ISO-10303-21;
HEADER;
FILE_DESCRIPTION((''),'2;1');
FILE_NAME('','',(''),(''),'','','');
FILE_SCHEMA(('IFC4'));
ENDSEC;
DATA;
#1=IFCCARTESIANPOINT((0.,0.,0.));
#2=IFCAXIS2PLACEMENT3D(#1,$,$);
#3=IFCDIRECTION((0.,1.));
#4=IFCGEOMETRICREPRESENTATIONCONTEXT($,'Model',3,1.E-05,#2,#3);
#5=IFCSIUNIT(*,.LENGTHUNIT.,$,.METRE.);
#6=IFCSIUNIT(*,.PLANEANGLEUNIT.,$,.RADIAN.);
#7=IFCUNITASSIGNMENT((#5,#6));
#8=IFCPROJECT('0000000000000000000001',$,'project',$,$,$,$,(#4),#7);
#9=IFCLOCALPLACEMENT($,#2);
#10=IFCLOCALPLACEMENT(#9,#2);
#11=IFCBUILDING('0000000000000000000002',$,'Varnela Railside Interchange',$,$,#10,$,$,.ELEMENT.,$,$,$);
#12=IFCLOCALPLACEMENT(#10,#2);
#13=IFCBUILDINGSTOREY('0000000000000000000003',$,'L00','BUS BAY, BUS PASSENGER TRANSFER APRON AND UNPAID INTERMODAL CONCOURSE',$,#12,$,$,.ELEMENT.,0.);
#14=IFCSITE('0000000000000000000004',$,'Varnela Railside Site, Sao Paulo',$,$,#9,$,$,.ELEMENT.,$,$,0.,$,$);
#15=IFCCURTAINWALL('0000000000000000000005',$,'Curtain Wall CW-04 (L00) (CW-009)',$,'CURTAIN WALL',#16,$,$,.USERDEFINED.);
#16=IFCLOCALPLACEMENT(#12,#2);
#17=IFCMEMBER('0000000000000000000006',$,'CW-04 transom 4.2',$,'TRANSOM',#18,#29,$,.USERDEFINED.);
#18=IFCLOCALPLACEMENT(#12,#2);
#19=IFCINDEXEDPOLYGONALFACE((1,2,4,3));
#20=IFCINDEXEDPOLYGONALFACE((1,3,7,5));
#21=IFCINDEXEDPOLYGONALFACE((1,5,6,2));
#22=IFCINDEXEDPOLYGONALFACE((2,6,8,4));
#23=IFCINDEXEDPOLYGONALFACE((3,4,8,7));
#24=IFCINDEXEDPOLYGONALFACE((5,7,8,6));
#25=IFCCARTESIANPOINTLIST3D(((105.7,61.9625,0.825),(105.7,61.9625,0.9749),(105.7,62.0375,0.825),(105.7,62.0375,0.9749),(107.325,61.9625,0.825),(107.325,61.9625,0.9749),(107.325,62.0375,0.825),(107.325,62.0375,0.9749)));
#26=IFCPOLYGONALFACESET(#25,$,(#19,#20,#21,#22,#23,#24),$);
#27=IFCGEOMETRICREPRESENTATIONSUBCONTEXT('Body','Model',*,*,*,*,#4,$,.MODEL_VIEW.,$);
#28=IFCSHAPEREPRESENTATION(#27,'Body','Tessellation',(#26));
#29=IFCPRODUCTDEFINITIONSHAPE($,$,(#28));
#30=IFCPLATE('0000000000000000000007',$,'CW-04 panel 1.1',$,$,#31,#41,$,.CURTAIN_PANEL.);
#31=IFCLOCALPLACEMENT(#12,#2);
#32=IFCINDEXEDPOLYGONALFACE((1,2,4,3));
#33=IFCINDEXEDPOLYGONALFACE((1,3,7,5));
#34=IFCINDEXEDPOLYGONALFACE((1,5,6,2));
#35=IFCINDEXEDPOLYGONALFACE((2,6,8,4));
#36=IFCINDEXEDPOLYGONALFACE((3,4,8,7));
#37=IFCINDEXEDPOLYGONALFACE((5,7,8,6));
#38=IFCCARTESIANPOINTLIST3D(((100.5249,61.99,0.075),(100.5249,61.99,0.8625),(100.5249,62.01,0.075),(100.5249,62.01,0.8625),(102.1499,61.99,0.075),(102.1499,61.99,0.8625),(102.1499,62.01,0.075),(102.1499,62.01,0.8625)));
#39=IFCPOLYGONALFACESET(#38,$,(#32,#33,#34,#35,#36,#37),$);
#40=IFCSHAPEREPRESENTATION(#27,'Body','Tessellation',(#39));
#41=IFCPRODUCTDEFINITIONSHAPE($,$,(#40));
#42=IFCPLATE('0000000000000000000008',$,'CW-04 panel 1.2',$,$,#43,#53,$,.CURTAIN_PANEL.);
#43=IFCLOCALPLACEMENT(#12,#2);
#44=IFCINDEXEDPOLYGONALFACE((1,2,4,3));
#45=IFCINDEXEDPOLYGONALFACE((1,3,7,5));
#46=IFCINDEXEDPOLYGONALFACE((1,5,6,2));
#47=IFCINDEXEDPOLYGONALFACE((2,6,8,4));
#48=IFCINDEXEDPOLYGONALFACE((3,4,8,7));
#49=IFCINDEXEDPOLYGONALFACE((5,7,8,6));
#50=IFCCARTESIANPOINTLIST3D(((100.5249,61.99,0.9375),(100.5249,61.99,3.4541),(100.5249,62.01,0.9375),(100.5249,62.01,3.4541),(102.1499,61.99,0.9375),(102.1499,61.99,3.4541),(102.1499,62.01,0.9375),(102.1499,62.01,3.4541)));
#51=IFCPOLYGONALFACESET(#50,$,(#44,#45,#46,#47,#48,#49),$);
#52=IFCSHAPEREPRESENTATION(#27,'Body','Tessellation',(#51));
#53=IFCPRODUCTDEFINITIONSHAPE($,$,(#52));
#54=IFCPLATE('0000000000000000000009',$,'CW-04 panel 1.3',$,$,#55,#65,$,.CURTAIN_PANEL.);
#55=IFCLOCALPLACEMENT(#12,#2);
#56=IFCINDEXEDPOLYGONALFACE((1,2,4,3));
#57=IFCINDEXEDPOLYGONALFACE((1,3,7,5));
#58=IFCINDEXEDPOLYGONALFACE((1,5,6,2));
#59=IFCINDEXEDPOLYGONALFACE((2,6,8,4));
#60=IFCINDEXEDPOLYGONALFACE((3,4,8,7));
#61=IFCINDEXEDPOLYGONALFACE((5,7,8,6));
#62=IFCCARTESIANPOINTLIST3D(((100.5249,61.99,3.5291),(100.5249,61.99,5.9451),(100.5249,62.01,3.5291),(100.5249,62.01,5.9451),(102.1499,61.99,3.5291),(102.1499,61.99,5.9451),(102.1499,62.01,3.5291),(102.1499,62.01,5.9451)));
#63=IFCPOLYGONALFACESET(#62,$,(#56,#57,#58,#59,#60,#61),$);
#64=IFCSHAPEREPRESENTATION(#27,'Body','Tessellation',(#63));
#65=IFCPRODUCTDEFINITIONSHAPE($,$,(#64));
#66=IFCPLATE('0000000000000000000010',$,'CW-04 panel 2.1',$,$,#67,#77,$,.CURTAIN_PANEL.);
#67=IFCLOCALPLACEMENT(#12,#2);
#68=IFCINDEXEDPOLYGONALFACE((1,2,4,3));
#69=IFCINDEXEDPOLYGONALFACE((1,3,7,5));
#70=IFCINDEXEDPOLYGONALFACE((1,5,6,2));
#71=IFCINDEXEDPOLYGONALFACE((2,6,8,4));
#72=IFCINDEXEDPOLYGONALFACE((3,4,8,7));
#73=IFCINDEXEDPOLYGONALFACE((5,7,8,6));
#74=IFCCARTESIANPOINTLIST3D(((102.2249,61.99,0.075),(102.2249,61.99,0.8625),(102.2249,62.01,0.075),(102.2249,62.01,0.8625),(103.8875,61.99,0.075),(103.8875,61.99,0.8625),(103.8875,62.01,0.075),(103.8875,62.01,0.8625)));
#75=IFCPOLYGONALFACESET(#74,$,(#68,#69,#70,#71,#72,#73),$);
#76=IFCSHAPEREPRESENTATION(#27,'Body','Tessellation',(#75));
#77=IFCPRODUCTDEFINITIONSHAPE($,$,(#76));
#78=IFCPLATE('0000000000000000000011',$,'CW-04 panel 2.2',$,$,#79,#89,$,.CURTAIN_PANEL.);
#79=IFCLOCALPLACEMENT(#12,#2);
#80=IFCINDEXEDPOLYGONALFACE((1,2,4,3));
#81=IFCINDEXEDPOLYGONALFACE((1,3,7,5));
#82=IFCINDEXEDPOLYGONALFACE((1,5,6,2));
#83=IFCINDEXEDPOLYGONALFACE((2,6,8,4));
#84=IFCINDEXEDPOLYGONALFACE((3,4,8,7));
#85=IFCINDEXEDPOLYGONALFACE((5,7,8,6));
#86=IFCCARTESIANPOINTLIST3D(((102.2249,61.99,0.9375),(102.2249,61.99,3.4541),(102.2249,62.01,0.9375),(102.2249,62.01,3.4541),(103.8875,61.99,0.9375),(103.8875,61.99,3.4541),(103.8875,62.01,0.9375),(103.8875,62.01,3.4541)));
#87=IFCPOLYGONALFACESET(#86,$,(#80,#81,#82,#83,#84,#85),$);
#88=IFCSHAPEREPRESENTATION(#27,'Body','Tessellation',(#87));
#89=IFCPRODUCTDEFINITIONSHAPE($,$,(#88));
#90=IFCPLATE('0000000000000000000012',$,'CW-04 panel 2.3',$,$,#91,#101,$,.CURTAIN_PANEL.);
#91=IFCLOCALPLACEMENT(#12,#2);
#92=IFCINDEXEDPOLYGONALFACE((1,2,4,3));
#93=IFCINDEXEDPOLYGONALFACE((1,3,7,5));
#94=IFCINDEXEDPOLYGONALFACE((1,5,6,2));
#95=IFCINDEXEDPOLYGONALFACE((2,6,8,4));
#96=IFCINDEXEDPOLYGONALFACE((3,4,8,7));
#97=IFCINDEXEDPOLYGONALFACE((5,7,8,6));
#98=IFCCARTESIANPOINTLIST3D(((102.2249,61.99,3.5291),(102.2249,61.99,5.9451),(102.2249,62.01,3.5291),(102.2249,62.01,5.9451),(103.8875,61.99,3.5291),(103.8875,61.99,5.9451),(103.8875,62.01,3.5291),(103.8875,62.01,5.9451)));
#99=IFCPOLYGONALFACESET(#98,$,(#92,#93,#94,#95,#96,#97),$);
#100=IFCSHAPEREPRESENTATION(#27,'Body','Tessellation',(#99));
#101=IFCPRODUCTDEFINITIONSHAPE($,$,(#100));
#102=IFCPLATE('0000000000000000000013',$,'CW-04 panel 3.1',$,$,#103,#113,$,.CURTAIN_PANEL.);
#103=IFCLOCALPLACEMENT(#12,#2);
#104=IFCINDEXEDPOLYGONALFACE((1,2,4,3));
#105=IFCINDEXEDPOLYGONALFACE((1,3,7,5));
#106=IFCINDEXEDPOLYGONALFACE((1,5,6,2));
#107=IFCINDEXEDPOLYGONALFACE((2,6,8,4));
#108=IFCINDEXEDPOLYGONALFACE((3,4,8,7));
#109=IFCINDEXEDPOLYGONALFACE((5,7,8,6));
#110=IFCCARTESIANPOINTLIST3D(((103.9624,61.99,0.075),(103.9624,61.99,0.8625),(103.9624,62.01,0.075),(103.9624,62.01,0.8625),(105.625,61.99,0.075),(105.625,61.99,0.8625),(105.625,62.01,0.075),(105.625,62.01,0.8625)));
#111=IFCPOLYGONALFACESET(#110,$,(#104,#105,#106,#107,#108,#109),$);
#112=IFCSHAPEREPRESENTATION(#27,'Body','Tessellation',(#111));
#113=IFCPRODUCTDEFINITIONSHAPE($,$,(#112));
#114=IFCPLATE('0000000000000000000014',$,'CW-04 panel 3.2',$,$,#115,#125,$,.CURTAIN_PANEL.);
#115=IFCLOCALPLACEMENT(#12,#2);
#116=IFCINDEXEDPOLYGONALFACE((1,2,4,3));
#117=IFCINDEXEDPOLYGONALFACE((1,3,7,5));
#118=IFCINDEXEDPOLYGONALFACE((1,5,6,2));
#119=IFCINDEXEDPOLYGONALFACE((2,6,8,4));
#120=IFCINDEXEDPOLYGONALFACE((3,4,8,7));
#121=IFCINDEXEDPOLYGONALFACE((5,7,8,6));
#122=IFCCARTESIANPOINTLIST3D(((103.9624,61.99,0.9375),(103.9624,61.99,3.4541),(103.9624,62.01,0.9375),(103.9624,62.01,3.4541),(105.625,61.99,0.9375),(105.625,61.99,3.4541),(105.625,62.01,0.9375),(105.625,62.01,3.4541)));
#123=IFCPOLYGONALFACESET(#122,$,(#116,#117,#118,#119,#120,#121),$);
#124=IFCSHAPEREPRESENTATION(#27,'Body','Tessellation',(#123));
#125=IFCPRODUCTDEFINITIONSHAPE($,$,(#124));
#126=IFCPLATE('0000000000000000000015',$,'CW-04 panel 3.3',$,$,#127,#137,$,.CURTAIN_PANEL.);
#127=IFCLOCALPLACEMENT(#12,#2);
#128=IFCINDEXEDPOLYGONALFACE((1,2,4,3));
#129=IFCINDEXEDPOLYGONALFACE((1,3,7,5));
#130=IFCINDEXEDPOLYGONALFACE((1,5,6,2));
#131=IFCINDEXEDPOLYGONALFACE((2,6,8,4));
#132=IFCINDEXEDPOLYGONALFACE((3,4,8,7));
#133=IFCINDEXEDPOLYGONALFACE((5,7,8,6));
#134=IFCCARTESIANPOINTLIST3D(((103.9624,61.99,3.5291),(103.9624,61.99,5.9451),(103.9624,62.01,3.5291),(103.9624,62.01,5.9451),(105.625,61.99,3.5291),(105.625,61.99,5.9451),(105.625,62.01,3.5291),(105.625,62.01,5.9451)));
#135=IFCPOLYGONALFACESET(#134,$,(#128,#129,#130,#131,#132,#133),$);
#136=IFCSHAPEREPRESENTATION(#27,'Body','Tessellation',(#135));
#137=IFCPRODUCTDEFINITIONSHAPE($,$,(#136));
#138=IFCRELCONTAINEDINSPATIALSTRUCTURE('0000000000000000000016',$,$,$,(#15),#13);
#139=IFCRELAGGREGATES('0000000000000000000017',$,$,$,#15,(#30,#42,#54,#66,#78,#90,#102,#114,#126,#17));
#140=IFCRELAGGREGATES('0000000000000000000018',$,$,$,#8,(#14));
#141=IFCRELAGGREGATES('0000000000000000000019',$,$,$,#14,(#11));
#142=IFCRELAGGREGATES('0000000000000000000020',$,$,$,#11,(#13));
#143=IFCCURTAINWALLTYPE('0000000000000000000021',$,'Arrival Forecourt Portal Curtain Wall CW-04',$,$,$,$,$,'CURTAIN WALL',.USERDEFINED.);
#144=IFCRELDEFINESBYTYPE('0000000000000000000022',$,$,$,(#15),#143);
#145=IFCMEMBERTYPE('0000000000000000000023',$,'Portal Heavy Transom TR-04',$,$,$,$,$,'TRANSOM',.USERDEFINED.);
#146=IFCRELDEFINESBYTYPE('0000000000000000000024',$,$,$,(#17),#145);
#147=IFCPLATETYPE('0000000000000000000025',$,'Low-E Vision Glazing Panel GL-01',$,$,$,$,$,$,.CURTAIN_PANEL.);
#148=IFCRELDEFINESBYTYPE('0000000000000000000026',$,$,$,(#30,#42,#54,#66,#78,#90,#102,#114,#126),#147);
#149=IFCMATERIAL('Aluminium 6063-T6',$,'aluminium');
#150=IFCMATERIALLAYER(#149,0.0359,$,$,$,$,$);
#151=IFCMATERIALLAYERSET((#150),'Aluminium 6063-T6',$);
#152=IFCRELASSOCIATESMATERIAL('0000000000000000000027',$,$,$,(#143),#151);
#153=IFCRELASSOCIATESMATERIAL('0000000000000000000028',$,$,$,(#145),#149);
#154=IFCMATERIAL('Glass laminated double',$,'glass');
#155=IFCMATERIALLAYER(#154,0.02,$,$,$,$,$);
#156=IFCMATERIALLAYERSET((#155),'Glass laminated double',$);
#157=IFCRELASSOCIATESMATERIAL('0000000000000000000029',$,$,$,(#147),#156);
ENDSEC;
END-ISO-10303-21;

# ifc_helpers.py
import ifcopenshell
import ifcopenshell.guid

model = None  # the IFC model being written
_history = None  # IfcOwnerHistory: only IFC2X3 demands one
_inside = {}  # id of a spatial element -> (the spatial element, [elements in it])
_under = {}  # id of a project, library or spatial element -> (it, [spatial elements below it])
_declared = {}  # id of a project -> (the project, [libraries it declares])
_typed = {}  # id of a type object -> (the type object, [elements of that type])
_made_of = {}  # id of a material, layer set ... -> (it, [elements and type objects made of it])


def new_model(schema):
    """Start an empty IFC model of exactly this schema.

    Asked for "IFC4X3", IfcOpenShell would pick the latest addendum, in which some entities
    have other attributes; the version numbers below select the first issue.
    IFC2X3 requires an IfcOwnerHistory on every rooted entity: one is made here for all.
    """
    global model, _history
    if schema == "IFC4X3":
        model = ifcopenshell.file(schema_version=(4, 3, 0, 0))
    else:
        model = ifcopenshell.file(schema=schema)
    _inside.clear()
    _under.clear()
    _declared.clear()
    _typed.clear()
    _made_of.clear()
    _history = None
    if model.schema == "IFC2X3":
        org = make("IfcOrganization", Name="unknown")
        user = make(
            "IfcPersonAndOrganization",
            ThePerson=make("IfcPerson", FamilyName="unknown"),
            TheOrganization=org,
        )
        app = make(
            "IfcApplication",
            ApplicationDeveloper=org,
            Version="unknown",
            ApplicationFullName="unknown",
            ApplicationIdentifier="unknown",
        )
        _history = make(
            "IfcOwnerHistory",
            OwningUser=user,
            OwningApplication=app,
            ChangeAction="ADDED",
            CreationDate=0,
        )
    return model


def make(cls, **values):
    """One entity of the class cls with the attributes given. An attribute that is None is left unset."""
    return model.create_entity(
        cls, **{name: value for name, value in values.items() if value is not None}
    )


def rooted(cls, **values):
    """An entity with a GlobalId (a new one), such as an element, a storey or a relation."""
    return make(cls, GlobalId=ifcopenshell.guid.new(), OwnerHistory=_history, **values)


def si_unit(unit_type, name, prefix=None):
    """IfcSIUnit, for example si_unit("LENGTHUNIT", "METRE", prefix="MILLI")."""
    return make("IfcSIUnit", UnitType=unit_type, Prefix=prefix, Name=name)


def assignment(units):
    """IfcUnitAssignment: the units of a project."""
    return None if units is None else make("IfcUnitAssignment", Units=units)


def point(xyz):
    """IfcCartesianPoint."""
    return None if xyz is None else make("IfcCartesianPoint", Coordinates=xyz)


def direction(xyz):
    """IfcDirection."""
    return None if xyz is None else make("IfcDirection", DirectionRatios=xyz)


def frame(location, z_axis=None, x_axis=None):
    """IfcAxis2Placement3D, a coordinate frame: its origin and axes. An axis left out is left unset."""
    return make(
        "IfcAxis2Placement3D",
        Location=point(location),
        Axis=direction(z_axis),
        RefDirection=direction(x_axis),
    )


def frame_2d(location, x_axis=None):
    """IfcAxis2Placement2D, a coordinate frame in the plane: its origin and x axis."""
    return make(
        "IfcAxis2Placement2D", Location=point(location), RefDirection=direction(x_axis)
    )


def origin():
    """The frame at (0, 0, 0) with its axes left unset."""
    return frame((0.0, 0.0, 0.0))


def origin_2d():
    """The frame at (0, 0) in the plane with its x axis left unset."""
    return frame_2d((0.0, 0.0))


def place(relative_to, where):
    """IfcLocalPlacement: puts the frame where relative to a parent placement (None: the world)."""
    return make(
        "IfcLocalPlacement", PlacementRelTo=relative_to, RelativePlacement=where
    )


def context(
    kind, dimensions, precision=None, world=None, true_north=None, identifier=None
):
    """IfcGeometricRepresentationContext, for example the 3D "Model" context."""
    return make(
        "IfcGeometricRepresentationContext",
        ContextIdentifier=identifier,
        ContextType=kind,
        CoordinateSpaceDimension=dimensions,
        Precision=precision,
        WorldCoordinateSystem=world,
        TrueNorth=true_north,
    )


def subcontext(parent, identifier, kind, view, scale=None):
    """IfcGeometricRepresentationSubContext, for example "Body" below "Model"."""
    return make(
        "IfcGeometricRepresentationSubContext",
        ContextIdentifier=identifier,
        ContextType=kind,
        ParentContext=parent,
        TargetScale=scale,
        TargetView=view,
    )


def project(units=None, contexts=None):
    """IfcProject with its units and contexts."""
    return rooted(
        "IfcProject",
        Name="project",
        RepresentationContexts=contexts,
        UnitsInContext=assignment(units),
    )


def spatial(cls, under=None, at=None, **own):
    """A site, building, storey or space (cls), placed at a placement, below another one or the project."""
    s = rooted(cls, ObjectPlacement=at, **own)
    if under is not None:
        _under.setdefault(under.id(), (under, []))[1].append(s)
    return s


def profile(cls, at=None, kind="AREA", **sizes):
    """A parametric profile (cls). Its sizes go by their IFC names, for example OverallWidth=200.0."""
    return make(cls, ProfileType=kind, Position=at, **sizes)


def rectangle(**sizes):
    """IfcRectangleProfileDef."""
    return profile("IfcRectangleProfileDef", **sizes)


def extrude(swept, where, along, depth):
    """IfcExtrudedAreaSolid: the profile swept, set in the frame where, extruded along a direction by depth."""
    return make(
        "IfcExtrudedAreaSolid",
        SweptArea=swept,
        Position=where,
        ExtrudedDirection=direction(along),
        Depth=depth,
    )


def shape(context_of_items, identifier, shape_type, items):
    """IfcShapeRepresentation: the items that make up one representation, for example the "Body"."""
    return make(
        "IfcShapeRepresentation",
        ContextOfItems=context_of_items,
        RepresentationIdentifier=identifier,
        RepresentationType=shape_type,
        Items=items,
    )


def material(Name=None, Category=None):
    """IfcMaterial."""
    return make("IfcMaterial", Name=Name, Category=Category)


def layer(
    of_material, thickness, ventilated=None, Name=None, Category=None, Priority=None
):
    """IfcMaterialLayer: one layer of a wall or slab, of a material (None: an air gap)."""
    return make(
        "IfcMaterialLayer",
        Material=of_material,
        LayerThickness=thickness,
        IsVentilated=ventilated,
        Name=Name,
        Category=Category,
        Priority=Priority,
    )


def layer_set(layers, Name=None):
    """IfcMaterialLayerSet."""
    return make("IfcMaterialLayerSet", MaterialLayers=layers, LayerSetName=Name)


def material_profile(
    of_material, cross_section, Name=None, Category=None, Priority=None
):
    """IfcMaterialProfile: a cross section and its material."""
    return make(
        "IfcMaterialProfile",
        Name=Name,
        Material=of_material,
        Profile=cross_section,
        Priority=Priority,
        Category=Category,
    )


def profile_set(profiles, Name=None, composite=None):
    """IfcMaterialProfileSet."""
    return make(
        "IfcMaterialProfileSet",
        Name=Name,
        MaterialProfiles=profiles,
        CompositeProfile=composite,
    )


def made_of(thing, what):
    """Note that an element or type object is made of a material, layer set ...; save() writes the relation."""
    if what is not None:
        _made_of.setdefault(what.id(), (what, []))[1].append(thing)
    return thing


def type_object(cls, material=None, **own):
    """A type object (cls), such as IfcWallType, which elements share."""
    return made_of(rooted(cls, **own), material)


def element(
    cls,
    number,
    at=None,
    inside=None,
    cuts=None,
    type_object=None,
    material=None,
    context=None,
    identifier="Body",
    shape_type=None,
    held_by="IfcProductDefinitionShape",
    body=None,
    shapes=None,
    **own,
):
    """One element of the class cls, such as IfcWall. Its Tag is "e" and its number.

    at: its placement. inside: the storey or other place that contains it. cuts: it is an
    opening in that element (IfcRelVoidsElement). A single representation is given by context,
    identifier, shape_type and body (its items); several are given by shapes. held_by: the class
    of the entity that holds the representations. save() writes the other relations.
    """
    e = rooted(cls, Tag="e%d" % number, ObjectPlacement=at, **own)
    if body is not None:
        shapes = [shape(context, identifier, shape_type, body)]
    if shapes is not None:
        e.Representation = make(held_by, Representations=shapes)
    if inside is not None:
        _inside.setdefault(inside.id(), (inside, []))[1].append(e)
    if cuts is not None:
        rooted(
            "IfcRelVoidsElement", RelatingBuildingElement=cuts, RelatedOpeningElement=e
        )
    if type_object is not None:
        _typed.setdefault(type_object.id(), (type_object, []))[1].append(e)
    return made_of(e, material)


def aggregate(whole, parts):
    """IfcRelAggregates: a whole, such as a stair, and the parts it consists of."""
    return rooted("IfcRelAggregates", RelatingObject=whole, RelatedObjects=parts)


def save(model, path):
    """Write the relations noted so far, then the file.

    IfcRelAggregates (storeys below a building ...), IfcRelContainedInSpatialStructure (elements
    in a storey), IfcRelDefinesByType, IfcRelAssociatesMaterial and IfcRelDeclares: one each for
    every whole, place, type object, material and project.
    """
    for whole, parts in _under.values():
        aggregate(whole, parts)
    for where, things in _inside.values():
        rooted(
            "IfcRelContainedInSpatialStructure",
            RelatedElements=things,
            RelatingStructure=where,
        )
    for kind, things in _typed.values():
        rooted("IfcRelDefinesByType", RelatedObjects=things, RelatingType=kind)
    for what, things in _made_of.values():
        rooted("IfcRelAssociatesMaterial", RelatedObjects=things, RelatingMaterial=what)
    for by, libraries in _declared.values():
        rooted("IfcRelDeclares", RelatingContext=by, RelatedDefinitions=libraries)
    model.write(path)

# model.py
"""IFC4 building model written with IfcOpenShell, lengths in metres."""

from ifc_helpers import new_model, si_unit, direction, frame, origin, origin_2d, place, context, subcontext, project, spatial, rectangle, extrude, material, layer, layer_set, material_profile, profile_set, type_object, element, aggregate, save


model = new_model("IFC4")

# Units and contexts
model_context = context("Model", 3, precision=1e-05, world=origin(), true_north=direction((0.0, 1.0)))
body_context = subcontext(model_context, "Body", "Model", "MODEL_VIEW")
ifc_project = project(units=[si_unit("LENGTHUNIT", "METRE"), si_unit("PLANEANGLEUNIT", "RADIAN")], contexts=[model_context])

# Site, building, storey
site_placement = place(None, origin())
site = spatial("IfcSite", under=ifc_project, at=site_placement, Name="Varnela Railside Site, Sao Paulo", CompositionType="ELEMENT", RefElevation=0.0)
building_placement = place(site_placement, origin())
building = spatial("IfcBuilding", under=site, at=building_placement, Name="Varnela Railside Interchange", CompositionType="ELEMENT")
storey_placement = place(building_placement, origin())
storey = spatial("IfcBuildingStorey", under=building, at=storey_placement, Name="L00", Description="BUS BAY, BUS PASSENGER TRANSFER APRON AND UNPAID INTERMODAL CONCOURSE", CompositionType="ELEMENT", Elevation=0.0)

# Curtain wall, member, plates
ifc_material_1 = material(Name="Aluminium 6063-T6", Category="aluminium")
ifc_layer_1 = layer(ifc_material_1, 0.0359)
ifc_layer_set_1 = layer_set([ifc_layer_1], Name="Aluminium 6063-T6")
curtain_wall_type = type_object("IfcCurtainWallType", Name="Arrival Forecourt Portal Curtain Wall CW-04", ElementType="CURTAIN WALL", PredefinedType="USERDEFINED", material=ifc_layer_set_1)
curtain_wall_placement = place(storey_placement, origin())
curtain_wall = element("IfcCurtainWall", 1, at=curtain_wall_placement, inside=storey, type_object=curtain_wall_type, Name="Curtain Wall CW-04 (L00) (CW-009)", ObjectType="CURTAIN WALL", PredefinedType="USERDEFINED")
ifc_material_profile_1 = material_profile(ifc_material_1, rectangle(XDim=0.075, YDim=0.1499, at=origin_2d()), Name="ALU 75x150")
ifc_profile_set_1 = profile_set([ifc_material_profile_1], Name="Aluminium 6063-T6")
member_type_1 = type_object("IfcMemberType", Name="Portal Heavy Transom TR-04", ElementType="TRANSOM", PredefinedType="USERDEFINED", material=ifc_profile_set_1)
member_1_placement = place(storey_placement, frame((105.7, 62.0, 0.8999), z_axis=(1.0, 0.0, 0.0), x_axis=(0.0, 1.0, 0.0)))
member_1 = element("IfcMember", 2, at=member_1_placement, type_object=member_type_1, Name="CW-04 transom 4.2", ObjectType="TRANSOM", PredefinedType="USERDEFINED", context=body_context, shape_type="SweptSolid", body=[
    extrude(rectangle(XDim=0.075, YDim=0.1499, at=origin_2d()), origin(), (0.0, 0.0, 1.0), 1.625),
])
ifc_material_2 = material(Name="Glass laminated double", Category="glass")
ifc_layer_2 = layer(ifc_material_2, 0.02)
ifc_layer_set_2 = layer_set([ifc_layer_2], Name="Glass laminated double")
plate_type = type_object("IfcPlateType", Name="Low-E Vision Glazing Panel GL-01", PredefinedType="CURTAIN_PANEL", material=ifc_layer_set_2)
plate_1_placement = place(storey_placement, frame((101.3374, 62.0, 0.075), z_axis=(0.0, 0.0, 1.0), x_axis=(1.0, 0.0, 0.0)))
plate_1 = element("IfcPlate", 3, at=plate_1_placement, type_object=plate_type, Name="CW-04 panel 1.1", PredefinedType="CURTAIN_PANEL", context=body_context, shape_type="SweptSolid", body=[
    extrude(rectangle(XDim=1.625, YDim=0.02, at=origin_2d()), origin(), (0.0, 0.0, 1.0), 0.7876),
])
plate_2_placement = place(storey_placement, frame((101.3374, 62.0, 0.9375), z_axis=(0.0, 0.0, 1.0), x_axis=(1.0, 0.0, 0.0)))
plate_2 = element("IfcPlate", 4, at=plate_2_placement, type_object=plate_type, Name="CW-04 panel 1.2", PredefinedType="CURTAIN_PANEL", context=body_context, shape_type="SweptSolid", body=[
    extrude(rectangle(XDim=1.625, YDim=0.02, at=origin_2d()), origin(), (0.0, 0.0, 1.0), 2.5166),
])
plate_3_placement = place(storey_placement, frame((101.3374, 62.0, 3.5291), z_axis=(0.0, 0.0, 1.0), x_axis=(1.0, 0.0, 0.0)))
plate_3 = element("IfcPlate", 5, at=plate_3_placement, type_object=plate_type, Name="CW-04 panel 1.3", PredefinedType="CURTAIN_PANEL", context=body_context, shape_type="SweptSolid", body=[
    extrude(rectangle(XDim=1.625, YDim=0.02, at=origin_2d()), origin(), (0.0, 0.0, 1.0), 2.416),
])
plate_4_placement = place(storey_placement, frame((103.0562, 62.0, 0.075), z_axis=(0.0, 0.0, 1.0), x_axis=(1.0, 0.0, 0.0)))
plate_4 = element("IfcPlate", 6, at=plate_4_placement, type_object=plate_type, Name="CW-04 panel 2.1", PredefinedType="CURTAIN_PANEL", context=body_context, shape_type="SweptSolid", body=[
    extrude(rectangle(XDim=1.6626, YDim=0.02, at=origin_2d()), origin(), (0.0, 0.0, 1.0), 0.7876),
])
plate_5_placement = place(storey_placement, frame((103.0562, 62.0, 0.9375), z_axis=(0.0, 0.0, 1.0), x_axis=(1.0, 0.0, 0.0)))
plate_5 = element("IfcPlate", 7, at=plate_5_placement, type_object=plate_type, Name="CW-04 panel 2.2", PredefinedType="CURTAIN_PANEL", context=body_context, shape_type="SweptSolid", body=[
    extrude(rectangle(XDim=1.6626, YDim=0.02, at=origin_2d()), origin(), (0.0, 0.0, 1.0), 2.5166),
])
plate_6_placement = place(storey_placement, frame((103.0562, 62.0, 3.5291), z_axis=(0.0, 0.0, 1.0), x_axis=(1.0, 0.0, 0.0)))
plate_6 = element("IfcPlate", 8, at=plate_6_placement, type_object=plate_type, Name="CW-04 panel 2.3", PredefinedType="CURTAIN_PANEL", context=body_context, shape_type="SweptSolid", body=[
    extrude(rectangle(XDim=1.6626, YDim=0.02, at=origin_2d()), origin(), (0.0, 0.0, 1.0), 2.416),
])
plate_7_placement = place(storey_placement, frame((104.7937, 62.0, 0.075), z_axis=(0.0, 0.0, 1.0), x_axis=(1.0, 0.0, 0.0)))
plate_7 = element("IfcPlate", 9, at=plate_7_placement, type_object=plate_type, Name="CW-04 panel 3.1", PredefinedType="CURTAIN_PANEL", context=body_context, shape_type="SweptSolid", body=[
    extrude(rectangle(XDim=1.6626, YDim=0.02, at=origin_2d()), origin(), (0.0, 0.0, 1.0), 0.7876),
])
plate_8_placement = place(storey_placement, frame((104.7937, 62.0, 0.9375), z_axis=(0.0, 0.0, 1.0), x_axis=(1.0, 0.0, 0.0)))
plate_8 = element("IfcPlate", 10, at=plate_8_placement, type_object=plate_type, Name="CW-04 panel 3.2", PredefinedType="CURTAIN_PANEL", context=body_context, shape_type="SweptSolid", body=[
    extrude(rectangle(XDim=1.6626, YDim=0.02, at=origin_2d()), origin(), (0.0, 0.0, 1.0), 2.5166),
])
plate_9_placement = place(storey_placement, frame((104.7937, 62.0, 3.5291), z_axis=(0.0, 0.0, 1.0), x_axis=(1.0, 0.0, 0.0)))
plate_9 = element("IfcPlate", 11, at=plate_9_placement, type_object=plate_type, Name="CW-04 panel 3.3", PredefinedType="CURTAIN_PANEL", context=body_context, shape_type="SweptSolid", body=[
    extrude(rectangle(XDim=1.6626, YDim=0.02, at=origin_2d()), origin(), (0.0, 0.0, 1.0), 2.416),
])
aggregate(curtain_wall, [plate_1, plate_2, plate_3, plate_4, plate_5, plate_6, plate_7, plate_8, plate_9, member_1])

save(model, "model.ifc")
